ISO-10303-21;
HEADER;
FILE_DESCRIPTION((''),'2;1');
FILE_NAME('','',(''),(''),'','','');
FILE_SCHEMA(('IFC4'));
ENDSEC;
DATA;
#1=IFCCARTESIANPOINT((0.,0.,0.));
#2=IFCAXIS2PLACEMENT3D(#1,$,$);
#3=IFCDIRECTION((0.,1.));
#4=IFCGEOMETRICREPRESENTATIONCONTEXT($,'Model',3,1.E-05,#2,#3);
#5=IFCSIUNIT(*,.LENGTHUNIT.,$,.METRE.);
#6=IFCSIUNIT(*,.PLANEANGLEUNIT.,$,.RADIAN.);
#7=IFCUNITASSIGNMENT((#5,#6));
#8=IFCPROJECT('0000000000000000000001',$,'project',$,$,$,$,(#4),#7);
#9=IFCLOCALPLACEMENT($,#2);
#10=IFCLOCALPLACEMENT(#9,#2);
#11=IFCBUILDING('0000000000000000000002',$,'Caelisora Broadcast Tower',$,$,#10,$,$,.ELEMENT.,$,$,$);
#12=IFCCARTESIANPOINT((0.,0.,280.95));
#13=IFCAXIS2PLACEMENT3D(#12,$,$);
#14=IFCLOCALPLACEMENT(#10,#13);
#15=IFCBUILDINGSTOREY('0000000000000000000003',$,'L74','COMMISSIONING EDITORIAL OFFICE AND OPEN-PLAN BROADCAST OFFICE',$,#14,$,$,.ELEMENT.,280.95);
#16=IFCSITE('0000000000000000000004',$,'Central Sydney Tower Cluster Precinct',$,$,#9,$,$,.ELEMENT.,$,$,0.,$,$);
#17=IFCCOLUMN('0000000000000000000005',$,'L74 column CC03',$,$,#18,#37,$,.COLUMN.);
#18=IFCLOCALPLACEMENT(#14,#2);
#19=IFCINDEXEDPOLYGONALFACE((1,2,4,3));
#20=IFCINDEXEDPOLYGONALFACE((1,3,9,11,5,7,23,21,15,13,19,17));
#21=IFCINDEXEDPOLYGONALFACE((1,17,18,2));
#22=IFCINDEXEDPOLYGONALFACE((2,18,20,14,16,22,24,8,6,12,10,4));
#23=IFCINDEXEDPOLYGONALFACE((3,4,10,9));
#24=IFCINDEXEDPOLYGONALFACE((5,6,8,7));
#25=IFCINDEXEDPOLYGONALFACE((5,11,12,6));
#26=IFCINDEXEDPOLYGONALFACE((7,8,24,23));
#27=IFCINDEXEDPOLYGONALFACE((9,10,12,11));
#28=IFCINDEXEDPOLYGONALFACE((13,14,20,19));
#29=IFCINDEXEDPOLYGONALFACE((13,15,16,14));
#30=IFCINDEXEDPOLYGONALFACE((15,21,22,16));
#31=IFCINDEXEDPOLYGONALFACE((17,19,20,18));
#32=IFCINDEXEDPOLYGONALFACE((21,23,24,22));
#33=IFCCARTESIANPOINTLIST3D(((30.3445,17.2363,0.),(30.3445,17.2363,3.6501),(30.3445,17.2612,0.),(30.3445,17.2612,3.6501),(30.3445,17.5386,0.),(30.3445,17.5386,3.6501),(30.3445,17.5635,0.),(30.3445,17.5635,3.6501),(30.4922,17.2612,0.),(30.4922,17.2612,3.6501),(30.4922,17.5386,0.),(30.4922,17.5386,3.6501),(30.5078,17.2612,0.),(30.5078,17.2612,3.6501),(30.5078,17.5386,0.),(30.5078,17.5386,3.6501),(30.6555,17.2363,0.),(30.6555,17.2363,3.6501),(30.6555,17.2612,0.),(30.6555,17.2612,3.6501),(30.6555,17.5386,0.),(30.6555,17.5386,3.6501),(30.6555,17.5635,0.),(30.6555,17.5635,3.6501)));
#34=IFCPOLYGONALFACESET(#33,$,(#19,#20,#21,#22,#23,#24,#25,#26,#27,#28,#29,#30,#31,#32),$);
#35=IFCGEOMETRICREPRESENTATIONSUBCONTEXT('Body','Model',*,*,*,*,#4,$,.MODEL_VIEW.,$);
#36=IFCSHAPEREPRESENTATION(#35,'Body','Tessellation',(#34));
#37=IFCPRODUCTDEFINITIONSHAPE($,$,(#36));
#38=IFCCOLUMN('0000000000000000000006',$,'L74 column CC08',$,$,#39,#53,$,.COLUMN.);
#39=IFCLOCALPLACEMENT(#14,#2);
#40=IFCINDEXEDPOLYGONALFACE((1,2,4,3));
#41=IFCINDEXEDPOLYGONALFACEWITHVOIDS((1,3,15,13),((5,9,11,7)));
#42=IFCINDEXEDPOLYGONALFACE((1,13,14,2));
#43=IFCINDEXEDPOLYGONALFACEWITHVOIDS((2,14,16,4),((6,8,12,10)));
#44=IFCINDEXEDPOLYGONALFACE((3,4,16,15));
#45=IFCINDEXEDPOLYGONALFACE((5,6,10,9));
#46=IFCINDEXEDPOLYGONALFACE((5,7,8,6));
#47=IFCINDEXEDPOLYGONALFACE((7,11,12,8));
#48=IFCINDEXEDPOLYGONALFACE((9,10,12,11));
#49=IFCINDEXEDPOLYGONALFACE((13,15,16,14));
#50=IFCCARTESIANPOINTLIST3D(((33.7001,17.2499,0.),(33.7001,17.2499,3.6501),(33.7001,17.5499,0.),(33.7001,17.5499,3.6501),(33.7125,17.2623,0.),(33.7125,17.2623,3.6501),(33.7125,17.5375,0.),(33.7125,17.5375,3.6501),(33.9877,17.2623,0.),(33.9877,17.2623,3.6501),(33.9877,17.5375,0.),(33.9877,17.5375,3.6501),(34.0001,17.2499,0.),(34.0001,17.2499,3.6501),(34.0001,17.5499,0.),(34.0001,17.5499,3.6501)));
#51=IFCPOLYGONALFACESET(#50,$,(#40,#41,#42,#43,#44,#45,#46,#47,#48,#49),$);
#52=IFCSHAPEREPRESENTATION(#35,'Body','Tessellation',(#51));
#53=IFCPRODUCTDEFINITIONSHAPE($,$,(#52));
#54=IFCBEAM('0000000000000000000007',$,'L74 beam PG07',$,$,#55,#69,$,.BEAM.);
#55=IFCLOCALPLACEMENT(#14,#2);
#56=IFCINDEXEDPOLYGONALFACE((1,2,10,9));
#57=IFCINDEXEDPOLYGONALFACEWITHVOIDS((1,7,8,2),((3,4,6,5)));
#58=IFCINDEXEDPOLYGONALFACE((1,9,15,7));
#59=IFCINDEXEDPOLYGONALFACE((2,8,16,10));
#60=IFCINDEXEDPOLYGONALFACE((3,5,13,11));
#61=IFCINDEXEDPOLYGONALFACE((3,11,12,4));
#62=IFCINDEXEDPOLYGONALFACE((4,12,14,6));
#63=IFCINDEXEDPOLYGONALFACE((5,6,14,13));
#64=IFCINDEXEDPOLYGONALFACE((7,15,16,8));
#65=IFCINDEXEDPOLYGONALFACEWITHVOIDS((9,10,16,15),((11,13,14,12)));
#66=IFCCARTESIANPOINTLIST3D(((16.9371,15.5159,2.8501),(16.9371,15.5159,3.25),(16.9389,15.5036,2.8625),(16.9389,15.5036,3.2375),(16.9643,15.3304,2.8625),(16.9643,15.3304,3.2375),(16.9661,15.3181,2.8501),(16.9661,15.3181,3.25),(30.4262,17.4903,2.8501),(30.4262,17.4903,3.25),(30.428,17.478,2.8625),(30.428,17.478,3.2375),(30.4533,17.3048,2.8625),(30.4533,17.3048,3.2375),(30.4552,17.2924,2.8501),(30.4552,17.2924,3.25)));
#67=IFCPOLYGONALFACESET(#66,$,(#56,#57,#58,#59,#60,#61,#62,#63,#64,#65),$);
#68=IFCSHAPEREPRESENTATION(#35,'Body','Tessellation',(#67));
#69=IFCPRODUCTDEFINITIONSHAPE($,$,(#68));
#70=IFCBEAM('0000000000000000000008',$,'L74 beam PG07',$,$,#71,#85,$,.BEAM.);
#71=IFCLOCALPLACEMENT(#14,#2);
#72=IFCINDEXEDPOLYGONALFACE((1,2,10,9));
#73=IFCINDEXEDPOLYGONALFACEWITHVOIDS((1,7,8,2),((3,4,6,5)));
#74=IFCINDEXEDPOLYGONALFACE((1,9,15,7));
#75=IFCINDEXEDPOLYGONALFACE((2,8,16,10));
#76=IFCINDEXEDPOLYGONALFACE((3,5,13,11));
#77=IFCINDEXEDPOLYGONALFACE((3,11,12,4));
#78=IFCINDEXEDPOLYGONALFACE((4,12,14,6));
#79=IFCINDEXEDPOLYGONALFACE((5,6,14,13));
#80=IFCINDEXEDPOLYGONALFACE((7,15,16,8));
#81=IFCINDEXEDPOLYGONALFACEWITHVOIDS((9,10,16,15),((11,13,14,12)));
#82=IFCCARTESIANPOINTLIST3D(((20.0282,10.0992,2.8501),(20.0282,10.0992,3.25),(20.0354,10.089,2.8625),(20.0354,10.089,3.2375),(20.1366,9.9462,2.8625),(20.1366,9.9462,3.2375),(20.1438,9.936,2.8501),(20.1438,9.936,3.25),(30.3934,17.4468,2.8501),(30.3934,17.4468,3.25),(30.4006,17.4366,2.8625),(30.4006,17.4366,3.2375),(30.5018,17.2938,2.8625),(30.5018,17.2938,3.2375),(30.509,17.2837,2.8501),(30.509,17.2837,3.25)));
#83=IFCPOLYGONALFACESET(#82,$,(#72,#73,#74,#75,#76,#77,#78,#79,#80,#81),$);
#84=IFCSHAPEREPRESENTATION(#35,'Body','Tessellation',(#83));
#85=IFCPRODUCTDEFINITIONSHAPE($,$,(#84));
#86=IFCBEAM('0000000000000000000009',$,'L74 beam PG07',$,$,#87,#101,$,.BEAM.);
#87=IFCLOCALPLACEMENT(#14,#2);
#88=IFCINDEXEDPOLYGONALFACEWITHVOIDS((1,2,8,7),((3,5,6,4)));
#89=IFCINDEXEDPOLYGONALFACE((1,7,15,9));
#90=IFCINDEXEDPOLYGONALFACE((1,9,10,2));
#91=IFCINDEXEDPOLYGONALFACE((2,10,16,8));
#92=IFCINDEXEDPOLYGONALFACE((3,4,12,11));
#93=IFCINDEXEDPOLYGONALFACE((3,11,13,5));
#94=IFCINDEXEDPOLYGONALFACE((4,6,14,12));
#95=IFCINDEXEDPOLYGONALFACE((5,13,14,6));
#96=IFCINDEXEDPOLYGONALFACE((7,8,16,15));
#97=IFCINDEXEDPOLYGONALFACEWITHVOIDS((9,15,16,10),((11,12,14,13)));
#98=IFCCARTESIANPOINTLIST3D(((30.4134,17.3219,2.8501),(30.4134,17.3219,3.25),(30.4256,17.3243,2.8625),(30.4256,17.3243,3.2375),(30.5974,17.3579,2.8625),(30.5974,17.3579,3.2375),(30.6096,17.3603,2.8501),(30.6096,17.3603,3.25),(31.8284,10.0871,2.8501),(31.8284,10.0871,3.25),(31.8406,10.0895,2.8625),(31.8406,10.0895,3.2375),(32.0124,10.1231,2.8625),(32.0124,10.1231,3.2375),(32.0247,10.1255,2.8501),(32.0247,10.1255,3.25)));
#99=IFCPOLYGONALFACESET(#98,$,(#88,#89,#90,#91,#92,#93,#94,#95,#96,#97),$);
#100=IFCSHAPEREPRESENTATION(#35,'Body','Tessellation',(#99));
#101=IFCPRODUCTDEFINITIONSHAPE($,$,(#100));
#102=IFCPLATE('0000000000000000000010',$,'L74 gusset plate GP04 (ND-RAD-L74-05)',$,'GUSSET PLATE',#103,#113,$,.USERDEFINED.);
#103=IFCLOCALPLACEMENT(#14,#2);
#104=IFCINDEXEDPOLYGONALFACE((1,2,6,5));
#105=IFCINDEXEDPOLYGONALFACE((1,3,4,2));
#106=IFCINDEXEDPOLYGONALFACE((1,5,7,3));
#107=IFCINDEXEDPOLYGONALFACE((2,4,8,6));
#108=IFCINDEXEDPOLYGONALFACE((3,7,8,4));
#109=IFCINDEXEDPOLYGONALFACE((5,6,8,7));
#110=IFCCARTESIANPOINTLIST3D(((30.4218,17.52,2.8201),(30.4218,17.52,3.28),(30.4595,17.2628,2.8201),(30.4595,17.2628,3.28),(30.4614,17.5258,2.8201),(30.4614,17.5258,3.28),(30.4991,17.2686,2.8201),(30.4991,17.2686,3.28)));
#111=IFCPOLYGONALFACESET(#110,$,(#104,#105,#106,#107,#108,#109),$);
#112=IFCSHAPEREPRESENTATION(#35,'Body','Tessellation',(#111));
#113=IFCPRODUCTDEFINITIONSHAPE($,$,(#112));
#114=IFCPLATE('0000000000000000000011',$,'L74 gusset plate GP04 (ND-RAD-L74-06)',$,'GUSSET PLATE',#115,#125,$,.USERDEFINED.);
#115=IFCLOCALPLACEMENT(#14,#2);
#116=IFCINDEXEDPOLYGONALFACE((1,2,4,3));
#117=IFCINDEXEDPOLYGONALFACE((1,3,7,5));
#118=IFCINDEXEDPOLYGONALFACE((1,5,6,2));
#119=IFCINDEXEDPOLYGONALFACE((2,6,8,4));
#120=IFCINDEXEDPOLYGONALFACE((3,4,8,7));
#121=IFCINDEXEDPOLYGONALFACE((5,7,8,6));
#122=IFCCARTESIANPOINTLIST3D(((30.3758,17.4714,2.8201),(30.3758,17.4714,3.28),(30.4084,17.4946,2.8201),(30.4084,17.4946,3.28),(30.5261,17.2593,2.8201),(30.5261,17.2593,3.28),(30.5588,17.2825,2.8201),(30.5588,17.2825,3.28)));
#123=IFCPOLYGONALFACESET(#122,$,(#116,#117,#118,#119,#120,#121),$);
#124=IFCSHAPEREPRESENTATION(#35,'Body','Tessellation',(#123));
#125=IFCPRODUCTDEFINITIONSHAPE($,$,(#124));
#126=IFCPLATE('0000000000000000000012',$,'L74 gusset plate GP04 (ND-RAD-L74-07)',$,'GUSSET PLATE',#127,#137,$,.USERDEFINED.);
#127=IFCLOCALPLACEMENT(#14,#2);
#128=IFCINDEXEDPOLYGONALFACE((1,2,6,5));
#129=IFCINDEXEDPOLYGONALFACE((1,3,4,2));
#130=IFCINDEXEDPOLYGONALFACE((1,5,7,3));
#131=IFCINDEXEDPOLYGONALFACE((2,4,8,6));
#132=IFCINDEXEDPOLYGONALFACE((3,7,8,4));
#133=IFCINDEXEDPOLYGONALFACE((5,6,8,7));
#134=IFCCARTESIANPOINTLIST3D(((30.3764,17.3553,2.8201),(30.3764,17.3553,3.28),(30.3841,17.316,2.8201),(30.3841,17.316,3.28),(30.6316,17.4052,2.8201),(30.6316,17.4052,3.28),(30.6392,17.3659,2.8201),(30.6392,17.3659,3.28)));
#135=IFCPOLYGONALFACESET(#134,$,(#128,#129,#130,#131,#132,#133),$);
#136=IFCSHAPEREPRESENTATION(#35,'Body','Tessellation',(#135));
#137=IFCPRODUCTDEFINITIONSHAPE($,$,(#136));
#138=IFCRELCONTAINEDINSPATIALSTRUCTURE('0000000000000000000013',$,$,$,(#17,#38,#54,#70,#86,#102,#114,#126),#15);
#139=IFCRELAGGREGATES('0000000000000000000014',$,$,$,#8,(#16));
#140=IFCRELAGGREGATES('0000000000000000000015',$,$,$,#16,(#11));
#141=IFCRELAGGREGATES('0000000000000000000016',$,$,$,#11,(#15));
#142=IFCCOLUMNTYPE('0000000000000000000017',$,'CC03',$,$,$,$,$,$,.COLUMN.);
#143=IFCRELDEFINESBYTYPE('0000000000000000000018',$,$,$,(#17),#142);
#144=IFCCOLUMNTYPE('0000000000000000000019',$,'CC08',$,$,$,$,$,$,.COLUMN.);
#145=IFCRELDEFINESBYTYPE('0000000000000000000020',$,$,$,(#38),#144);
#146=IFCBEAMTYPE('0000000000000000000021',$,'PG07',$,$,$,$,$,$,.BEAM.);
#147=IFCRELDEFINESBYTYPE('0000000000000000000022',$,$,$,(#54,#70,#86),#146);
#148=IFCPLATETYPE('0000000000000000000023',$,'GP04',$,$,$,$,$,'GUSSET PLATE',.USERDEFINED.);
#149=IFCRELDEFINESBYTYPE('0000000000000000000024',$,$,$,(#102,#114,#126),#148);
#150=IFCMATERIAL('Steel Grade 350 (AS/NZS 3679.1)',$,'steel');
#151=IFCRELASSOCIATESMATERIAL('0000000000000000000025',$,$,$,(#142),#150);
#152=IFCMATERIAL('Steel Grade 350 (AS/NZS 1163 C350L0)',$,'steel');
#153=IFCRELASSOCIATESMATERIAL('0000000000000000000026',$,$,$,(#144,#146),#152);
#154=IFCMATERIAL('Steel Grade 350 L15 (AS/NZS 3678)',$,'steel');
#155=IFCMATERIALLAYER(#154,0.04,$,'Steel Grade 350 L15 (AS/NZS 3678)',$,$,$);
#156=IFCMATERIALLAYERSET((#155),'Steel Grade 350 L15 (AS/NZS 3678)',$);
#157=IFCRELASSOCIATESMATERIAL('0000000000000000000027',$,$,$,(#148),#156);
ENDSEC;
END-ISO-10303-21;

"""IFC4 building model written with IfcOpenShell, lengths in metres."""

from ifc_helpers import new_model, si_unit, direction, frame, origin, origin_2d, place, context, subcontext, project, spatial, rectangle, hollow_rectangle, i_section, extrude, source, transform, mapped, material, layer, layer_set, material_profile, profile_set, type_object, type_shapes, element, save


model = new_model("IFC4")

# Units and contexts
model_context = context("Model", 3, precision=1e-05, world=origin(), true_north=direction((0.0, 1.0)))
body_context = subcontext(model_context, "Body", "Model", "MODEL_VIEW")
ifc_project = project(units=[si_unit("LENGTHUNIT", "METRE"), si_unit("PLANEANGLEUNIT", "RADIAN")], contexts=[model_context])

# Site, building, storey
site_placement = place(None, origin())
site = spatial("IfcSite", under=ifc_project, at=site_placement, Name="Central Sydney Tower Cluster Precinct", CompositionType="ELEMENT", RefElevation=0.0)
building_placement = place(site_placement, origin())
building = spatial("IfcBuilding", under=site, at=building_placement, Name="Caelisora Broadcast Tower", CompositionType="ELEMENT")
storey_placement = place(building_placement, frame((0.0, 0.0, 280.95)))
storey = spatial("IfcBuildingStorey", under=building, at=storey_placement, Name="L74", Description="COMMISSIONING EDITORIAL OFFICE AND OPEN-PLAN BROADCAST OFFICE", CompositionType="ELEMENT", Elevation=280.95)

# Columns
ifc_material_1 = material(Name="Steel Grade 350 (AS/NZS 3679.1)", Category="steel")
ifc_material_profile_1 = material_profile(ifc_material_1, i_section(OverallWidth=0.311, OverallDepth=0.3271, WebThickness=0.0156, FlangeThickness=0.0249, at=origin_2d()), Name="Steel Grade 350 (AS/NZS 3679.1)")
ifc_profile_set_1 = profile_set([ifc_material_profile_1], Name="Steel Grade 350 (AS/NZS 3679.1)")
column_type_1 = type_object("IfcColumnType", Name="CC03", PredefinedType="COLUMN", material=ifc_profile_set_1)
shared_shape_1 = source(origin(), body_context, "Body", "SweptSolid", [
    extrude(i_section(OverallWidth=0.311, OverallDepth=0.3271, WebThickness=0.0156, FlangeThickness=0.0249, at=origin_2d()), origin(), (0.0, 0.0, 1.0), 3.6501),
])
type_shapes(column_type_1, [shared_shape_1])
column_1_placement = place(storey_placement, frame((30.5, 17.3999, 0.0), z_axis=(0.0, 0.0, 1.0), x_axis=(1.0, 0.0, 0.0)))
element("IfcColumn", 1, at=column_1_placement, inside=storey, type_object=column_type_1, Name="L74 column CC03", PredefinedType="COLUMN", context=body_context, shape_type="MappedRepresentation", body=[
    mapped(shared_shape_1, transform((0.0, 0.0, 0.0), scale=1.0)),
])
ifc_material_2 = material(Name="Steel Grade 350 (AS/NZS 1163 C350L0)", Category="steel")
ifc_material_profile_2 = material_profile(ifc_material_2, hollow_rectangle(XDim=0.3, YDim=0.3, WallThickness=0.0125, at=origin_2d()), Name="Steel Grade 350 (AS/NZS 1163 C350L0)")
ifc_profile_set_2 = profile_set([ifc_material_profile_2], Name="Steel Grade 350 (AS/NZS 1163 C350L0)")
column_type_2 = type_object("IfcColumnType", Name="CC08", PredefinedType="COLUMN", material=ifc_profile_set_2)
shared_shape_2 = source(origin(), body_context, "Body", "SweptSolid", [
    extrude(hollow_rectangle(XDim=0.3, YDim=0.3, WallThickness=0.0125, at=origin_2d()), origin(), (0.0, 0.0, 1.0), 3.6501),
])
type_shapes(column_type_2, [shared_shape_2])
column_2_placement = place(storey_placement, frame((33.8501, 17.3999, 0.0), z_axis=(0.0, 0.0, 1.0), x_axis=(1.0, 0.0, 0.0)))
element("IfcColumn", 2, at=column_2_placement, inside=storey, type_object=column_type_2, Name="L74 column CC08", PredefinedType="COLUMN", context=body_context, shape_type="MappedRepresentation", body=[
    mapped(shared_shape_2, transform((0.0, 0.0, 0.0), scale=1.0)),
])

# Beams
ifc_material_profile_3 = material_profile(ifc_material_2, hollow_rectangle(XDim=0.2, YDim=0.3999, WallThickness=0.0125, at=origin_2d()), Name="Steel Grade 350 (AS/NZS 1163 C350L0)")
ifc_profile_set_3 = profile_set([ifc_material_profile_3], Name="Steel Grade 350 (AS/NZS 1163 C350L0)")
beam_type = type_object("IfcBeamType", Name="PG07", PredefinedType="BEAM", material=ifc_profile_set_3)
shared_shape_3 = source(origin(), body_context, "Body", "SweptSolid", [
    extrude(hollow_rectangle(XDim=0.2, YDim=0.3999, WallThickness=0.0125, at=origin_2d()), origin(), (0.0, 0.0, 1.0), 13.6328),
])
beam_1_placement = place(storey_placement, frame((30.4407, 17.3914, 3.05), z_axis=(-0.989457, -0.144825, 0.0), x_axis=(0.144825, -0.989457, 0.0)))
element("IfcBeam", 3, at=beam_1_placement, inside=storey, type_object=beam_type, Name="L74 beam PG07", PredefinedType="BEAM", context=body_context, shape_type="MappedRepresentation", body=[
    mapped(shared_shape_3, transform((0.0, 0.0, 0.0), scale=1.0)),
])
shared_shape_4 = source(origin(), body_context, "Body", "SweptSolid", [
    extrude(hollow_rectangle(XDim=0.2, YDim=0.3999, WallThickness=0.0125, at=origin_2d()), origin(), (0.0, 0.0, 1.0), 12.7053),
])
beam_2_placement = place(storey_placement, frame((30.4512, 17.3652, 3.05), z_axis=(-0.815816, -0.578312, 0.0), x_axis=(0.578312, -0.815816, 0.0)))
element("IfcBeam", 4, at=beam_2_placement, inside=storey, type_object=beam_type, Name="L74 beam PG07", PredefinedType="BEAM", context=body_context, shape_type="MappedRepresentation", body=[
    mapped(shared_shape_4, transform((0.0, 0.0, 0.0), scale=1.0)),
])
shared_shape_5 = source(origin(), body_context, "Body", "SweptSolid", [
    extrude(hollow_rectangle(XDim=0.2, YDim=0.3999, WallThickness=0.0125, at=origin_2d()), origin(), (0.0, 0.0, 1.0), 7.3718),
])
type_shapes(beam_type, [shared_shape_3, shared_shape_4, shared_shape_5])
beam_3_placement = place(storey_placement, frame((30.5115, 17.3411, 3.05), z_axis=(0.191955, -0.981404, 0.0), x_axis=(0.981404, 0.191955, 0.0)))
element("IfcBeam", 5, at=beam_3_placement, inside=storey, type_object=beam_type, Name="L74 beam PG07", PredefinedType="BEAM", context=body_context, shape_type="MappedRepresentation", body=[
    mapped(shared_shape_5, transform((0.0, 0.0, 0.0), scale=1.0)),
])

# Plates
ifc_material_3 = material(Name="Steel Grade 350 L15 (AS/NZS 3678)", Category="steel")
ifc_layer_1 = layer(ifc_material_3, 0.04, Name="Steel Grade 350 L15 (AS/NZS 3678)")
ifc_layer_set_1 = layer_set([ifc_layer_1], Name="Steel Grade 350 L15 (AS/NZS 3678)")
plate_type = type_object("IfcPlateType", Name="GP04", ElementType="GUSSET PLATE", PredefinedType="USERDEFINED", material=ifc_layer_set_1)
shared_shape_6 = source(origin(), body_context, "Body", "SweptSolid", [
    extrude(rectangle(XDim=0.26, YDim=0.04, at=origin_2d()), origin(), (0.0, 0.0, 1.0), 0.46),
])
type_shapes(plate_type, [shared_shape_6])
for number, where, z_axis, x_axis, name in (
    (6, (30.4604, 17.3943, 2.8201), (0.0, 0.0, 1.0), (0.144874, -0.98945, 0.0), "L74 gusset plate GP04 (ND-RAD-L74-05)"),
    (7, (30.4673, 17.377, 2.8201), (0.0, 0.0, 1.0), (0.578285, -0.815835, 0.0), "L74 gusset plate GP04 (ND-RAD-L74-06)"),
    (8, (30.5078, 17.3606, 2.8201), (0.0, 0.0, 1.0), (0.981393, 0.192008, 0.0), "L74 gusset plate GP04 (ND-RAD-L74-07)"),
):
    element("IfcPlate", number, at=place(storey_placement, frame(where, z_axis=z_axis, x_axis=x_axis)), inside=storey, type_object=plate_type, Name=name, ObjectType="GUSSET PLATE", PredefinedType="USERDEFINED", context=body_context, shape_type="MappedRepresentation", body=[
        mapped(shared_shape_6, transform((0.0, 0.0, 0.0), scale=1.0)),
    ])

save(model, "model.ifc")
